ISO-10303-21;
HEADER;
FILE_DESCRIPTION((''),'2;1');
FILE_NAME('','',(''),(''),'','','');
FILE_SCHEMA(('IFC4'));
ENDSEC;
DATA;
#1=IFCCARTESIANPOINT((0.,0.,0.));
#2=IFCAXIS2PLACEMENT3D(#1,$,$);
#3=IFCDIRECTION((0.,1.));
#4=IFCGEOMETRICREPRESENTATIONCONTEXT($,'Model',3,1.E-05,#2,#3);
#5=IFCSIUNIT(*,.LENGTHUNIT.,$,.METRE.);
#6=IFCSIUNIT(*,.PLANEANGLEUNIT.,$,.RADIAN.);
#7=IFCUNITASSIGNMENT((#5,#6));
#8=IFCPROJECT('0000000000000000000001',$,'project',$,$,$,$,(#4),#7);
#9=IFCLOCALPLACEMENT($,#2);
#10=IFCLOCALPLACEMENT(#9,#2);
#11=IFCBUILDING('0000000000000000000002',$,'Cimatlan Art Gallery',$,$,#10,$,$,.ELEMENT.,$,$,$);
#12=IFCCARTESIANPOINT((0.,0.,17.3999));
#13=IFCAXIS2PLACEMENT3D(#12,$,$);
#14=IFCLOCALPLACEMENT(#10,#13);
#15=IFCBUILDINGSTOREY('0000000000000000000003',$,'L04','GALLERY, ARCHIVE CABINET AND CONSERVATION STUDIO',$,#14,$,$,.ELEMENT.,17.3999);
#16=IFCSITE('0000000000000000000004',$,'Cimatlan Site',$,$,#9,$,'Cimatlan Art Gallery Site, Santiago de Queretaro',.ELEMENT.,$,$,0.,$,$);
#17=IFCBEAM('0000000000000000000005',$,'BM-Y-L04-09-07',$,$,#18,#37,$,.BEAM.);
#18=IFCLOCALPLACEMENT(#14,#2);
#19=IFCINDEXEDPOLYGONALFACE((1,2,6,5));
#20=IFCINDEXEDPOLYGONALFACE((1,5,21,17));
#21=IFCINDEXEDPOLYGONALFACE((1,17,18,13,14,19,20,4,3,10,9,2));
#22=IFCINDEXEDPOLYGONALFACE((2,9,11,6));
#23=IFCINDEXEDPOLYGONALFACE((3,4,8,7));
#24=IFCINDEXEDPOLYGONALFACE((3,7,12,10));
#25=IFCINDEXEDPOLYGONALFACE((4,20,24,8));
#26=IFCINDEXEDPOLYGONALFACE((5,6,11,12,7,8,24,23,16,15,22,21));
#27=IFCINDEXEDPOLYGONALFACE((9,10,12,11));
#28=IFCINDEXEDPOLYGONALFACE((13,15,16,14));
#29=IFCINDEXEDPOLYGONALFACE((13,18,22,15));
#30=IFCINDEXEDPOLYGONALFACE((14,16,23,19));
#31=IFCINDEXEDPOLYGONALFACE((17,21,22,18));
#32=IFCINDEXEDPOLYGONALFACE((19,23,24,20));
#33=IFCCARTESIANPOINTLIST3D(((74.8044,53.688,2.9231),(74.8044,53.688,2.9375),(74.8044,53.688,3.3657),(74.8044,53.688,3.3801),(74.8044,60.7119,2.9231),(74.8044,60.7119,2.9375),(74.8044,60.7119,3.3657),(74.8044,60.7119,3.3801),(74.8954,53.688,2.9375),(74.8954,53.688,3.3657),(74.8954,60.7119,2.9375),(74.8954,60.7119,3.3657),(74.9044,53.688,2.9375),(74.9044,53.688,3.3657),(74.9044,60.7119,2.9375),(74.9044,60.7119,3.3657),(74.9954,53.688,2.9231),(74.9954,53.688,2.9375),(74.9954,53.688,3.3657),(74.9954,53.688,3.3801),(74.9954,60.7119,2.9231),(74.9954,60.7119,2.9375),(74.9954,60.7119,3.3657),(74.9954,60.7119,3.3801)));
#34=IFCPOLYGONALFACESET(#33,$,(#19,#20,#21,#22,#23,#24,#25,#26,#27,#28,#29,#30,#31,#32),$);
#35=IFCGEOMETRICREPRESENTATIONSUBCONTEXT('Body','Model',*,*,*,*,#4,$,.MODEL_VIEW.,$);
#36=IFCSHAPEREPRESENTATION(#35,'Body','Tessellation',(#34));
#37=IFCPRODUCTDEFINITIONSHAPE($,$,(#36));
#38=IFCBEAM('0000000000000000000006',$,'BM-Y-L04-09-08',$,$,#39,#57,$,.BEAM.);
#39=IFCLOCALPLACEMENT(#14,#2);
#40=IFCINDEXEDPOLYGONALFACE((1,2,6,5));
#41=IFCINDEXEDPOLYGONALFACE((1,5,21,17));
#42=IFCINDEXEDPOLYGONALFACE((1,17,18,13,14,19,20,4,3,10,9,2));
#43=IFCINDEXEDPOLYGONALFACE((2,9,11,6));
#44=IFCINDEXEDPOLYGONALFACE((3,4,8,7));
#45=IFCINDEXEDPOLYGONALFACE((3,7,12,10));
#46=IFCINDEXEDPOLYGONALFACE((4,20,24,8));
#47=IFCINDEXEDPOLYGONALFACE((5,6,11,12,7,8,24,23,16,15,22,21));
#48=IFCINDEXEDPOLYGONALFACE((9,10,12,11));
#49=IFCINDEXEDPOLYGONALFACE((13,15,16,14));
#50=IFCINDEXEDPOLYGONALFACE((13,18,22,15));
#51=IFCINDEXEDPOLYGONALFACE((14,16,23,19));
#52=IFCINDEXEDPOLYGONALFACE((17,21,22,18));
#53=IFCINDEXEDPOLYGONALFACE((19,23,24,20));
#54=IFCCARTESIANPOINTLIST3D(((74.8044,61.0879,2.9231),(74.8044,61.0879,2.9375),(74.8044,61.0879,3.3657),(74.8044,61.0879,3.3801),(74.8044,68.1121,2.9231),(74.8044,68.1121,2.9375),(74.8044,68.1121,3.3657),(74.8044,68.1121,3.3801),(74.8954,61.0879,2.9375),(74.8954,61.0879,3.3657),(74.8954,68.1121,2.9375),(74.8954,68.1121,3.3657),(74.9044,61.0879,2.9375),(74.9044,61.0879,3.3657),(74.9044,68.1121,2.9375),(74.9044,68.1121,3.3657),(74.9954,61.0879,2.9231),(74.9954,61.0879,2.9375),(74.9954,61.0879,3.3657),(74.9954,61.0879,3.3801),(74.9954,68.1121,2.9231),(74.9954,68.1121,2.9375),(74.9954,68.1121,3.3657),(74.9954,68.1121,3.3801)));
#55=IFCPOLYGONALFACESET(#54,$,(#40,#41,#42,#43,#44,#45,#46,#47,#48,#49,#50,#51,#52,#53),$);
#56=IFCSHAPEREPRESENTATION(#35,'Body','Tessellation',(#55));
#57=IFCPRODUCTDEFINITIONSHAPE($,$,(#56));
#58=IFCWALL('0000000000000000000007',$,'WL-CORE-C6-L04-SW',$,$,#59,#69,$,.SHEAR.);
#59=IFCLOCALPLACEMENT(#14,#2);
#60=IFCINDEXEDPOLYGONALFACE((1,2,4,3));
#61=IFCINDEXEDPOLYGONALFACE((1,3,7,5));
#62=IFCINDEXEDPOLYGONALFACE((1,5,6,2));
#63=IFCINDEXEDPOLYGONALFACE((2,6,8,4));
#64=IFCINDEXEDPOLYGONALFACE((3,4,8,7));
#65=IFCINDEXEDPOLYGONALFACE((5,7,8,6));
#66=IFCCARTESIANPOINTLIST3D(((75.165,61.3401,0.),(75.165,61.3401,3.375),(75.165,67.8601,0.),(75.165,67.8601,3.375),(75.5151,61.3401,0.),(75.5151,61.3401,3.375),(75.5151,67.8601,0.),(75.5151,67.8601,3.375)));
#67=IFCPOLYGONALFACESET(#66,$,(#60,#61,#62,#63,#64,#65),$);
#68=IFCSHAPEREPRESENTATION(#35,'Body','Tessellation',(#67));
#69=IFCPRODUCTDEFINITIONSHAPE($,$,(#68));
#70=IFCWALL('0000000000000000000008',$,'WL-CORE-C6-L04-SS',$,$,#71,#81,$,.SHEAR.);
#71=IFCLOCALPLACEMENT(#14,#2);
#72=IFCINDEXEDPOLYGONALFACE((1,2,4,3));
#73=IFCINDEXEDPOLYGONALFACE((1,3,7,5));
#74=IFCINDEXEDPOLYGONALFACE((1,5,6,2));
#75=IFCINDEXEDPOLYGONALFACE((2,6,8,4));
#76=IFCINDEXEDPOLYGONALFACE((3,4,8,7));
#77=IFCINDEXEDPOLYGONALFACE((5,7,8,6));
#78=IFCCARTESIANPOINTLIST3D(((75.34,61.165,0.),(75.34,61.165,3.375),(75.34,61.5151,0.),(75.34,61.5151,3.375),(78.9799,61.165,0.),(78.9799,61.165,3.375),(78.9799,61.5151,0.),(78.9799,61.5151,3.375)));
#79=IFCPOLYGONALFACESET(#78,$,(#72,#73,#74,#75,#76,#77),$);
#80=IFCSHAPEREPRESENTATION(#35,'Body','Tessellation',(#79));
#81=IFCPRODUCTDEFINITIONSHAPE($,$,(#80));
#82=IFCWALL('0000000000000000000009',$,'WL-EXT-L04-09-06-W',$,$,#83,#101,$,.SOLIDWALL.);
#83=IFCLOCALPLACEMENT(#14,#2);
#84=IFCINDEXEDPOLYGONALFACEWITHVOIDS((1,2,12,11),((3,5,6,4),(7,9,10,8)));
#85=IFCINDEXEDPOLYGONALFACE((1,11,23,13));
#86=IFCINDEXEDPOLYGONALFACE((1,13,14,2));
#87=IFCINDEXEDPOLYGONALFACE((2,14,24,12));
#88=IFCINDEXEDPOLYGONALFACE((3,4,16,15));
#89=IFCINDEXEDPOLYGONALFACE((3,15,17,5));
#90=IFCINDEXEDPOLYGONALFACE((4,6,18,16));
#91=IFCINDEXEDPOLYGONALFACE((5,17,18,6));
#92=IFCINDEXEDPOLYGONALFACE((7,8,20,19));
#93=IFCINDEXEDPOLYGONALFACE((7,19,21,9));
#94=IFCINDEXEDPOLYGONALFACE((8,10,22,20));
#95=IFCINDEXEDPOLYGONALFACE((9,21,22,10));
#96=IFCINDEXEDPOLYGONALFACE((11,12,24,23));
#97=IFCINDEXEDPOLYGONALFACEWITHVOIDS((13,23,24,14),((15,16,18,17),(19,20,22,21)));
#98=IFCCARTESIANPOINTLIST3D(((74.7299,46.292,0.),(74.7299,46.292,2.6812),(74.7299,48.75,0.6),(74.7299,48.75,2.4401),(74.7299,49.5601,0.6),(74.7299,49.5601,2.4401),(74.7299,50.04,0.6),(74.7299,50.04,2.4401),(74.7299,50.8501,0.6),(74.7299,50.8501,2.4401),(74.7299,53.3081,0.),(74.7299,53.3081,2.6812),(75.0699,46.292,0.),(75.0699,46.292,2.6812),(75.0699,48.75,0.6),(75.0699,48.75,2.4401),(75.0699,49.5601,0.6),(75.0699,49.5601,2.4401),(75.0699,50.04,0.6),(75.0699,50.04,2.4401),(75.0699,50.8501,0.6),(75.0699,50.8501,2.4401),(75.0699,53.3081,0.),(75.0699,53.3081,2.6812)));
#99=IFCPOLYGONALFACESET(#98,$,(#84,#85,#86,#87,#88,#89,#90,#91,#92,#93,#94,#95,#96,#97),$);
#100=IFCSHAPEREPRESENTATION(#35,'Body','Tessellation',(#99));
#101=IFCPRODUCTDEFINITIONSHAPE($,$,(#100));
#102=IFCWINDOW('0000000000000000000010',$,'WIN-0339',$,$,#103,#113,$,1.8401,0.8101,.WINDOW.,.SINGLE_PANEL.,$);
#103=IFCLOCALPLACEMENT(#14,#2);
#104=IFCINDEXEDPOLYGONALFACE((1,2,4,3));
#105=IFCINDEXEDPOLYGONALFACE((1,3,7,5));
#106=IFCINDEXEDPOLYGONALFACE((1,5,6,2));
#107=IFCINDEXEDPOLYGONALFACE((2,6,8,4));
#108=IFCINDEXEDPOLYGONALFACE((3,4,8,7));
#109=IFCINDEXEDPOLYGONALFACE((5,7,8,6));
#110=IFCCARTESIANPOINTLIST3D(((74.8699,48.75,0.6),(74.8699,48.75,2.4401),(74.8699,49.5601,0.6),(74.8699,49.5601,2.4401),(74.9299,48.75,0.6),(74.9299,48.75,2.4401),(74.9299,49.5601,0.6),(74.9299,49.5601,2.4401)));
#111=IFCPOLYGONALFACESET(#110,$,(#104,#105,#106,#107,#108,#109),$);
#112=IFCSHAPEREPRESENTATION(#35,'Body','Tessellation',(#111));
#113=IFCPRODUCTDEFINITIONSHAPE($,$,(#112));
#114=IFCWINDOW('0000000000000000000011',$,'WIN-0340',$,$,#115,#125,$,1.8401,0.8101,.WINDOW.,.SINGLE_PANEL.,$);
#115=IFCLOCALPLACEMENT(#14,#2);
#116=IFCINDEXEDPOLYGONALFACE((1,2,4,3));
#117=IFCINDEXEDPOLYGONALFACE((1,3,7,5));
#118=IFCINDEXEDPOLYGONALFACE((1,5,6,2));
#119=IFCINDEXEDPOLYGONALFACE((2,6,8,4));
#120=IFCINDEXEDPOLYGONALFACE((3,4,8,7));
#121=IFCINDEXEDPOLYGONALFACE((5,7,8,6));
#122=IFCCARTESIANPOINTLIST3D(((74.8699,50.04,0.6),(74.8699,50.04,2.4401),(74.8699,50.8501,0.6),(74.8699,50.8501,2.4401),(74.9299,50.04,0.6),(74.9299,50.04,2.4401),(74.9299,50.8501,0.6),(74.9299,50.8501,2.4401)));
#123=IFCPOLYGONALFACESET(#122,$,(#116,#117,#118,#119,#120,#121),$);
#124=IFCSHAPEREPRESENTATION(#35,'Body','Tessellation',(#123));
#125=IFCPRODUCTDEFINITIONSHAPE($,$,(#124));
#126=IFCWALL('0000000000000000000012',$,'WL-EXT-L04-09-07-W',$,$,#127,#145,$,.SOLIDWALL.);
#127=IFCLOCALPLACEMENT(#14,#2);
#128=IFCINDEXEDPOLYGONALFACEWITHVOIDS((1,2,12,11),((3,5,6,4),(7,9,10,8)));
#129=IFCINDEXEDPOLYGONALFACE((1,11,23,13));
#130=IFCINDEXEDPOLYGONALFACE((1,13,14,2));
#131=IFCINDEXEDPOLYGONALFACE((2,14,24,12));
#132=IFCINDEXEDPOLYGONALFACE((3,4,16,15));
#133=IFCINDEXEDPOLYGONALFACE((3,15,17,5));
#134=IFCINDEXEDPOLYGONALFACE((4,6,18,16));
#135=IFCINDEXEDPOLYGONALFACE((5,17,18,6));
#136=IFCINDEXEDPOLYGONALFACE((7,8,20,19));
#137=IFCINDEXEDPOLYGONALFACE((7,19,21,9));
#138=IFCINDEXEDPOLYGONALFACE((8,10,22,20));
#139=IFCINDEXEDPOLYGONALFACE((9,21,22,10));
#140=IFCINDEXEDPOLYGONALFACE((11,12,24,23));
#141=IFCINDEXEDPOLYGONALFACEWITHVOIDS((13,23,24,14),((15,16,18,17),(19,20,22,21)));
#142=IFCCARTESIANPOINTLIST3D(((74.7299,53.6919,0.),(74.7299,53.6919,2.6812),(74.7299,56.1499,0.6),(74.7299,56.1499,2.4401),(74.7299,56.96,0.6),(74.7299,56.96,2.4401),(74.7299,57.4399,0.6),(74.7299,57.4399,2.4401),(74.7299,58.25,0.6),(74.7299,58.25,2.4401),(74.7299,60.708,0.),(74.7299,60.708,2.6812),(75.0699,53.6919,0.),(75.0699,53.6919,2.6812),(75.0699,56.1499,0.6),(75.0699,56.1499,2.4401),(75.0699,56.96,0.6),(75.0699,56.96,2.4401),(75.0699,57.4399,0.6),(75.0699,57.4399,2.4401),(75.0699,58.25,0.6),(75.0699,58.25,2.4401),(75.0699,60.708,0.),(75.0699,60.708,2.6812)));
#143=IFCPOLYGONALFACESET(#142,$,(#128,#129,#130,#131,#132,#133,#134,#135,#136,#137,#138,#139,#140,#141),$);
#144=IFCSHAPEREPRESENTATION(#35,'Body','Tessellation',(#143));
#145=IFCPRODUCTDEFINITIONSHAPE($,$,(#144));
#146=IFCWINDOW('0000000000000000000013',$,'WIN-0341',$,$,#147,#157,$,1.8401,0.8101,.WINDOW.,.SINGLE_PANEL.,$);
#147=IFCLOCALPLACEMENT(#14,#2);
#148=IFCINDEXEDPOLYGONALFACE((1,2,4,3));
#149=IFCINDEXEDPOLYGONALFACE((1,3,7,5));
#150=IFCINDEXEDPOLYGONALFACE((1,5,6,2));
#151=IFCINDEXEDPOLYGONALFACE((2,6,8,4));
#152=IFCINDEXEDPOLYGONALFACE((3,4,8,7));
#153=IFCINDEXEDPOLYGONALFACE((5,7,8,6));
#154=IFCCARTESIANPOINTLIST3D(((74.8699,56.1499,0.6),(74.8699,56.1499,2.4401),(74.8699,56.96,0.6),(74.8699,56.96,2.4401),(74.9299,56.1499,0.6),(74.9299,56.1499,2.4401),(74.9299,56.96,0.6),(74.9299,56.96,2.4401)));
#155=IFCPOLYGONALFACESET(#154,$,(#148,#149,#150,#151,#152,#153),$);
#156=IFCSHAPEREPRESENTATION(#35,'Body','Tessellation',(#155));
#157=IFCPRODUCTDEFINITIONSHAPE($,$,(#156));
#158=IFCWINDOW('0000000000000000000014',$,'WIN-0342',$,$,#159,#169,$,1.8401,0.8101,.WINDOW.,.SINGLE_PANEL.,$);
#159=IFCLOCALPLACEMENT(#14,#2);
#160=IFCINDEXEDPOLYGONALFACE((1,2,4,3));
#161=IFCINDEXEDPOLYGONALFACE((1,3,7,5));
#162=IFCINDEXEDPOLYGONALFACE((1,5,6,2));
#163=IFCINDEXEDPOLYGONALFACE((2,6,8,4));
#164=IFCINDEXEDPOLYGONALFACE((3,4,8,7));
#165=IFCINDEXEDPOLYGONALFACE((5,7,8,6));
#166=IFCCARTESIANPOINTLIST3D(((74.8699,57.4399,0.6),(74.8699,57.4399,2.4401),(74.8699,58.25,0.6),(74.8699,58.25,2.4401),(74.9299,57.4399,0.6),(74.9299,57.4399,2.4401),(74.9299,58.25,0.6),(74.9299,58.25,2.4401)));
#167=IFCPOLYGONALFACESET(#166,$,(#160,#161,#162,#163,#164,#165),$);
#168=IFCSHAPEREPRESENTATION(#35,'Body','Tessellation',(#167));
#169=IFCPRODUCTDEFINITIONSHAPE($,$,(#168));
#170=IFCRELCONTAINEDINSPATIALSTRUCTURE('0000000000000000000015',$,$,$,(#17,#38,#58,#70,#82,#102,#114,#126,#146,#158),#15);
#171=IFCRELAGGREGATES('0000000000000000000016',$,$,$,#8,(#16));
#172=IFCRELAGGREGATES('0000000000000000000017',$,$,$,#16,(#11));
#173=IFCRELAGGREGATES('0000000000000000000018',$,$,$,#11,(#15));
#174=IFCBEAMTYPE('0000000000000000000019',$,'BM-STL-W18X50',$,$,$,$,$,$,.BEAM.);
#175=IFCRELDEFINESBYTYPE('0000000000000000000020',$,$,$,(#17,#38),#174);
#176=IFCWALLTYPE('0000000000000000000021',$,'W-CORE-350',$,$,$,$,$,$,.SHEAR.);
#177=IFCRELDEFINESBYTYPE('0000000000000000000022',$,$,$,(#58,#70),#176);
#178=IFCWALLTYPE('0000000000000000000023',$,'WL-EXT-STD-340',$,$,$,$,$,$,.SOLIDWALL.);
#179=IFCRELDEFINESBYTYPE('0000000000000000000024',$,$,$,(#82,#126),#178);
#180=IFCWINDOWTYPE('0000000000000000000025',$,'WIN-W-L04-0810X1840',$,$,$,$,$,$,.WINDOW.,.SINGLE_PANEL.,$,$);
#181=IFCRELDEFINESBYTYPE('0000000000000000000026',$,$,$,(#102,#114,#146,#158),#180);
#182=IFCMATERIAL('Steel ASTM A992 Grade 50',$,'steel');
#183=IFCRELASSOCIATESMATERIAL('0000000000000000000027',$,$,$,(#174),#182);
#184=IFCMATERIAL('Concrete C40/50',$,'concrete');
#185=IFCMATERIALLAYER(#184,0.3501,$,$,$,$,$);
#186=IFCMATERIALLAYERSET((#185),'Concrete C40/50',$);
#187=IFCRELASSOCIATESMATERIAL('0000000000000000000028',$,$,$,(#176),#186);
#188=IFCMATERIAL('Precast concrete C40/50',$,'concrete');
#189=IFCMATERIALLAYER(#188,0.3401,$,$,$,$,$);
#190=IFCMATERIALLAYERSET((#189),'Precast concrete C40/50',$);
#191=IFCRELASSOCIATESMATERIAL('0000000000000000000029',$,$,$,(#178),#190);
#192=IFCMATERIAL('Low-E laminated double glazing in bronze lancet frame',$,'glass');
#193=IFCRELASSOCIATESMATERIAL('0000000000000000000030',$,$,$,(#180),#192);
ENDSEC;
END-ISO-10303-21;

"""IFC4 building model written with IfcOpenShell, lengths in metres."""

from ifc_helpers import new_model, si_unit, direction, frame, frame_2d, origin, origin_2d, place, context, subcontext, project, spatial, rectangle, i_section, extrude, material, layer, layer_set, material_profile, profile_set, type_object, element, fill, save


model = new_model("IFC4")

# Units and contexts
model_context = context("Model", 3, precision=1e-05, world=origin(), true_north=direction((0.0, 1.0)))
body_context = subcontext(model_context, "Body", "Model", "MODEL_VIEW")
ifc_project = project(units=[si_unit("LENGTHUNIT", "METRE"), si_unit("PLANEANGLEUNIT", "RADIAN")], contexts=[model_context])

# Site, building, storey
site_placement = place(None, origin())
site = spatial("IfcSite", under=ifc_project, at=site_placement, Name="Cimatlan Site", LongName="Cimatlan Art Gallery Site, Santiago de Queretaro", CompositionType="ELEMENT", RefElevation=0.0)
building_placement = place(site_placement, origin())
building = spatial("IfcBuilding", under=site, at=building_placement, Name="Cimatlan Art Gallery", CompositionType="ELEMENT")
storey_placement = place(building_placement, frame((0.0, 0.0, 17.3999)))
storey = spatial("IfcBuildingStorey", under=building, at=storey_placement, Name="L04", Description="GALLERY, ARCHIVE CABINET AND CONSERVATION STUDIO", CompositionType="ELEMENT", Elevation=17.3999)

# Shared definitions
ifc_material_1 = material(Name="Steel ASTM A992 Grade 50", Category="steel")

# Beams
ifc_material_profile_1 = material_profile(ifc_material_1, i_section(OverallWidth=0.1909, OverallDepth=0.457, WebThickness=0.009, FlangeThickness=0.0144, at=origin_2d()), Name="W18X50")
ifc_profile_set_1 = profile_set([ifc_material_profile_1], Name="Steel ASTM A992 Grade 50")
beam_type_1 = type_object("IfcBeamType", Name="BM-STL-W18X50", PredefinedType="BEAM", material=ifc_profile_set_1)
beam_1_placement = place(storey_placement, frame((74.8999, 53.688, 3.1516), z_axis=(0.0, 1.0, 0.0), x_axis=(-1.0, 0.0, 0.0)))
element("IfcBeam", 1, at=beam_1_placement, inside=storey, type_object=beam_type_1, Name="BM-Y-L04-09-07", PredefinedType="BEAM", context=body_context, shape_type="SweptSolid", body=[
    extrude(i_section(OverallWidth=0.1909, OverallDepth=0.457, WebThickness=0.009, FlangeThickness=0.0144, at=origin_2d()), origin(), (0.0, 0.0, 1.0), 7.0239),
])
beam_2_placement = place(storey_placement, frame((74.8999, 61.0879, 3.1516), z_axis=(0.0, 1.0, 0.0), x_axis=(-1.0, 0.0, 0.0)))
element("IfcBeam", 2, at=beam_2_placement, inside=storey, type_object=beam_type_1, Name="BM-Y-L04-09-08", PredefinedType="BEAM", context=body_context, shape_type="SweptSolid", body=[
    extrude(i_section(OverallWidth=0.1909, OverallDepth=0.457, WebThickness=0.009, FlangeThickness=0.0144, at=origin_2d()), origin(), (0.0, 0.0, 1.0), 7.0242),
])

# Walls
ifc_material_2 = material(Name="Concrete C40/50", Category="concrete")
ifc_layer_1 = layer(ifc_material_2, 0.3501)
ifc_layer_set_1 = layer_set([ifc_layer_1], Name="Concrete C40/50")
wall_type_1 = type_object("IfcWallType", Name="W-CORE-350", PredefinedType="SHEAR", material=ifc_layer_set_1)
wall_1_placement = place(storey_placement, frame((75.3401, 61.3401, 0.0), z_axis=(0.0, 0.0, 1.0), x_axis=(0.0, 1.0, 0.0)))
element("IfcWall", 3, at=wall_1_placement, inside=storey, type_object=wall_type_1, Name="WL-CORE-C6-L04-SW", PredefinedType="SHEAR", context=body_context, shape_type="SweptSolid", body=[
    extrude(rectangle(XDim=6.52, YDim=0.3501, at=frame_2d((3.26, 0.0))), origin(), (0.0, 0.0, 1.0), 3.375),
])
wall_2_placement = place(storey_placement, frame((75.3401, 61.3401, 0.0), z_axis=(0.0, 0.0, 1.0), x_axis=(1.0, 0.0, 0.0)))
element("IfcWall", 4, at=wall_2_placement, inside=storey, type_object=wall_type_1, Name="WL-CORE-C6-L04-SS", PredefinedType="SHEAR", context=body_context, shape_type="SweptSolid", body=[
    extrude(rectangle(XDim=3.6399, YDim=0.3501, at=frame_2d((1.8198, 0.0))), origin(), (0.0, 0.0, 1.0), 3.375),
])

# Walls, openings, windows
ifc_material_3 = material(Name="Precast concrete C40/50", Category="concrete")
ifc_layer_2 = layer(ifc_material_3, 0.3401)
ifc_layer_set_2 = layer_set([ifc_layer_2], Name="Precast concrete C40/50")
wall_type_2 = type_object("IfcWallType", Name="WL-EXT-STD-340", PredefinedType="SOLIDWALL", material=ifc_layer_set_2)
wall_3_placement = place(storey_placement, frame((74.8999, 46.292, 0.0), z_axis=(0.0, 0.0, 1.0), x_axis=(0.0, 1.0, 0.0)))
wall_3 = element("IfcWall", 5, at=wall_3_placement, inside=storey, type_object=wall_type_2, Name="WL-EXT-L04-09-06-W", PredefinedType="SOLIDWALL", context=body_context, shape_type="SweptSolid", body=[
    extrude(rectangle(XDim=7.0161, YDim=0.3401, at=frame_2d((3.5081, 0.0))), origin(), (0.0, 0.0, 1.0), 2.6812),
])
opening_1_placement = place(wall_3_placement, frame((2.458, 0.0, 0.6001)))
opening_1 = element("IfcOpeningElement", 6, at=opening_1_placement, cuts=wall_3, PredefinedType="OPENING", context=body_context, shape_type="SweptSolid", body=[
    extrude(rectangle(XDim=0.8101, YDim=1.8401, at=frame_2d((0.405, 0.9199))), frame((0.0, 0.1802, 0.0), z_axis=(0.0, -1.0, 0.0), x_axis=(1.0, 0.0, 0.0)), (0.0, 0.0, 1.0), 0.3601),
])
opening_2_placement = place(wall_3_placement, frame((3.748, 0.0, 0.6001)))
opening_2 = element("IfcOpeningElement", 7, at=opening_2_placement, cuts=wall_3, PredefinedType="OPENING", context=body_context, shape_type="SweptSolid", body=[
    extrude(rectangle(XDim=0.8101, YDim=1.8401, at=frame_2d((0.405, 0.9199))), frame((0.0, 0.1802, 0.0), z_axis=(0.0, -1.0, 0.0), x_axis=(1.0, 0.0, 0.0)), (0.0, 0.0, 1.0), 0.3601),
])
ifc_material_4 = material(Name="Low-E laminated double glazing in bronze lancet frame", Category="glass")
window_type = type_object("IfcWindowType", Name="WIN-W-L04-0810X1840", PartitioningType="SINGLE_PANEL", PredefinedType="WINDOW", material=ifc_material_4)
window_1_placement = place(opening_1_placement, origin())
window_1 = element("IfcWindow", 8, at=window_1_placement, inside=storey, type_object=window_type, Name="WIN-0339", OverallHeight=1.8401, OverallWidth=0.8101, PartitioningType="SINGLE_PANEL", PredefinedType="WINDOW", context=body_context, shape_type="SweptSolid", body=[
    extrude(rectangle(XDim=0.8101, YDim=1.8401, at=frame_2d((0.405, 0.9199))), frame((0.0, 0.03, 0.0), z_axis=(0.0, -1.0, 0.0), x_axis=(1.0, 0.0, 0.0)), (0.0, 0.0, 1.0), 0.0601),
])
fill(opening_1, window_1)
window_2_placement = place(opening_2_placement, origin())
window_2 = element("IfcWindow", 9, at=window_2_placement, inside=storey, type_object=window_type, Name="WIN-0340", OverallHeight=1.8401, OverallWidth=0.8101, PartitioningType="SINGLE_PANEL", PredefinedType="WINDOW", context=body_context, shape_type="SweptSolid", body=[
    extrude(rectangle(XDim=0.8101, YDim=1.8401, at=frame_2d((0.405, 0.9199))), frame((0.0, 0.03, 0.0), z_axis=(0.0, -1.0, 0.0), x_axis=(1.0, 0.0, 0.0)), (0.0, 0.0, 1.0), 0.0601),
])
fill(opening_2, window_2)
wall_4_placement = place(storey_placement, frame((74.8999, 53.6919, 0.0), z_axis=(0.0, 0.0, 1.0), x_axis=(0.0, 1.0, 0.0)))
wall_4 = element("IfcWall", 10, at=wall_4_placement, inside=storey, type_object=wall_type_2, Name="WL-EXT-L04-09-07-W", PredefinedType="SOLIDWALL", context=body_context, shape_type="SweptSolid", body=[
    extrude(rectangle(XDim=7.0161, YDim=0.3401, at=frame_2d((3.5081, 0.0))), origin(), (0.0, 0.0, 1.0), 2.6812),
])
opening_3_placement = place(wall_4_placement, frame((2.458, 0.0, 0.6001)))
opening_3 = element("IfcOpeningElement", 11, at=opening_3_placement, cuts=wall_4, PredefinedType="OPENING", context=body_context, shape_type="SweptSolid", body=[
    extrude(rectangle(XDim=0.8101, YDim=1.8401, at=frame_2d((0.405, 0.9199))), frame((0.0, 0.1802, 0.0), z_axis=(0.0, -1.0, 0.0), x_axis=(1.0, 0.0, 0.0)), (0.0, 0.0, 1.0), 0.3601),
])
opening_4_placement = place(wall_4_placement, frame((3.748, 0.0, 0.6001)))
opening_4 = element("IfcOpeningElement", 12, at=opening_4_placement, cuts=wall_4, PredefinedType="OPENING", context=body_context, shape_type="SweptSolid", body=[
    extrude(rectangle(XDim=0.8101, YDim=1.8401, at=frame_2d((0.405, 0.9199))), frame((0.0, 0.1802, 0.0), z_axis=(0.0, -1.0, 0.0), x_axis=(1.0, 0.0, 0.0)), (0.0, 0.0, 1.0), 0.3601),
])
window_3_placement = place(opening_3_placement, origin())
window_3 = element("IfcWindow", 13, at=window_3_placement, inside=storey, type_object=window_type, Name="WIN-0341", OverallHeight=1.8401, OverallWidth=0.8101, PartitioningType="SINGLE_PANEL", PredefinedType="WINDOW", context=body_context, shape_type="SweptSolid", body=[
    extrude(rectangle(XDim=0.8101, YDim=1.8401, at=frame_2d((0.405, 0.9199))), frame((0.0, 0.03, 0.0), z_axis=(0.0, -1.0, 0.0), x_axis=(1.0, 0.0, 0.0)), (0.0, 0.0, 1.0), 0.0601),
])
fill(opening_3, window_3)
window_4_placement = place(opening_4_placement, origin())
window_4 = element("IfcWindow", 14, at=window_4_placement, inside=storey, type_object=window_type, Name="WIN-0342", OverallHeight=1.8401, OverallWidth=0.8101, PartitioningType="SINGLE_PANEL", PredefinedType="WINDOW", context=body_context, shape_type="SweptSolid", body=[
    extrude(rectangle(XDim=0.8101, YDim=1.8401, at=frame_2d((0.405, 0.9199))), frame((0.0, 0.03, 0.0), z_axis=(0.0, -1.0, 0.0), x_axis=(1.0, 0.0, 0.0)), (0.0, 0.0, 1.0), 0.0601),
])
fill(opening_4, window_4)

save(model, "model.ifc")
